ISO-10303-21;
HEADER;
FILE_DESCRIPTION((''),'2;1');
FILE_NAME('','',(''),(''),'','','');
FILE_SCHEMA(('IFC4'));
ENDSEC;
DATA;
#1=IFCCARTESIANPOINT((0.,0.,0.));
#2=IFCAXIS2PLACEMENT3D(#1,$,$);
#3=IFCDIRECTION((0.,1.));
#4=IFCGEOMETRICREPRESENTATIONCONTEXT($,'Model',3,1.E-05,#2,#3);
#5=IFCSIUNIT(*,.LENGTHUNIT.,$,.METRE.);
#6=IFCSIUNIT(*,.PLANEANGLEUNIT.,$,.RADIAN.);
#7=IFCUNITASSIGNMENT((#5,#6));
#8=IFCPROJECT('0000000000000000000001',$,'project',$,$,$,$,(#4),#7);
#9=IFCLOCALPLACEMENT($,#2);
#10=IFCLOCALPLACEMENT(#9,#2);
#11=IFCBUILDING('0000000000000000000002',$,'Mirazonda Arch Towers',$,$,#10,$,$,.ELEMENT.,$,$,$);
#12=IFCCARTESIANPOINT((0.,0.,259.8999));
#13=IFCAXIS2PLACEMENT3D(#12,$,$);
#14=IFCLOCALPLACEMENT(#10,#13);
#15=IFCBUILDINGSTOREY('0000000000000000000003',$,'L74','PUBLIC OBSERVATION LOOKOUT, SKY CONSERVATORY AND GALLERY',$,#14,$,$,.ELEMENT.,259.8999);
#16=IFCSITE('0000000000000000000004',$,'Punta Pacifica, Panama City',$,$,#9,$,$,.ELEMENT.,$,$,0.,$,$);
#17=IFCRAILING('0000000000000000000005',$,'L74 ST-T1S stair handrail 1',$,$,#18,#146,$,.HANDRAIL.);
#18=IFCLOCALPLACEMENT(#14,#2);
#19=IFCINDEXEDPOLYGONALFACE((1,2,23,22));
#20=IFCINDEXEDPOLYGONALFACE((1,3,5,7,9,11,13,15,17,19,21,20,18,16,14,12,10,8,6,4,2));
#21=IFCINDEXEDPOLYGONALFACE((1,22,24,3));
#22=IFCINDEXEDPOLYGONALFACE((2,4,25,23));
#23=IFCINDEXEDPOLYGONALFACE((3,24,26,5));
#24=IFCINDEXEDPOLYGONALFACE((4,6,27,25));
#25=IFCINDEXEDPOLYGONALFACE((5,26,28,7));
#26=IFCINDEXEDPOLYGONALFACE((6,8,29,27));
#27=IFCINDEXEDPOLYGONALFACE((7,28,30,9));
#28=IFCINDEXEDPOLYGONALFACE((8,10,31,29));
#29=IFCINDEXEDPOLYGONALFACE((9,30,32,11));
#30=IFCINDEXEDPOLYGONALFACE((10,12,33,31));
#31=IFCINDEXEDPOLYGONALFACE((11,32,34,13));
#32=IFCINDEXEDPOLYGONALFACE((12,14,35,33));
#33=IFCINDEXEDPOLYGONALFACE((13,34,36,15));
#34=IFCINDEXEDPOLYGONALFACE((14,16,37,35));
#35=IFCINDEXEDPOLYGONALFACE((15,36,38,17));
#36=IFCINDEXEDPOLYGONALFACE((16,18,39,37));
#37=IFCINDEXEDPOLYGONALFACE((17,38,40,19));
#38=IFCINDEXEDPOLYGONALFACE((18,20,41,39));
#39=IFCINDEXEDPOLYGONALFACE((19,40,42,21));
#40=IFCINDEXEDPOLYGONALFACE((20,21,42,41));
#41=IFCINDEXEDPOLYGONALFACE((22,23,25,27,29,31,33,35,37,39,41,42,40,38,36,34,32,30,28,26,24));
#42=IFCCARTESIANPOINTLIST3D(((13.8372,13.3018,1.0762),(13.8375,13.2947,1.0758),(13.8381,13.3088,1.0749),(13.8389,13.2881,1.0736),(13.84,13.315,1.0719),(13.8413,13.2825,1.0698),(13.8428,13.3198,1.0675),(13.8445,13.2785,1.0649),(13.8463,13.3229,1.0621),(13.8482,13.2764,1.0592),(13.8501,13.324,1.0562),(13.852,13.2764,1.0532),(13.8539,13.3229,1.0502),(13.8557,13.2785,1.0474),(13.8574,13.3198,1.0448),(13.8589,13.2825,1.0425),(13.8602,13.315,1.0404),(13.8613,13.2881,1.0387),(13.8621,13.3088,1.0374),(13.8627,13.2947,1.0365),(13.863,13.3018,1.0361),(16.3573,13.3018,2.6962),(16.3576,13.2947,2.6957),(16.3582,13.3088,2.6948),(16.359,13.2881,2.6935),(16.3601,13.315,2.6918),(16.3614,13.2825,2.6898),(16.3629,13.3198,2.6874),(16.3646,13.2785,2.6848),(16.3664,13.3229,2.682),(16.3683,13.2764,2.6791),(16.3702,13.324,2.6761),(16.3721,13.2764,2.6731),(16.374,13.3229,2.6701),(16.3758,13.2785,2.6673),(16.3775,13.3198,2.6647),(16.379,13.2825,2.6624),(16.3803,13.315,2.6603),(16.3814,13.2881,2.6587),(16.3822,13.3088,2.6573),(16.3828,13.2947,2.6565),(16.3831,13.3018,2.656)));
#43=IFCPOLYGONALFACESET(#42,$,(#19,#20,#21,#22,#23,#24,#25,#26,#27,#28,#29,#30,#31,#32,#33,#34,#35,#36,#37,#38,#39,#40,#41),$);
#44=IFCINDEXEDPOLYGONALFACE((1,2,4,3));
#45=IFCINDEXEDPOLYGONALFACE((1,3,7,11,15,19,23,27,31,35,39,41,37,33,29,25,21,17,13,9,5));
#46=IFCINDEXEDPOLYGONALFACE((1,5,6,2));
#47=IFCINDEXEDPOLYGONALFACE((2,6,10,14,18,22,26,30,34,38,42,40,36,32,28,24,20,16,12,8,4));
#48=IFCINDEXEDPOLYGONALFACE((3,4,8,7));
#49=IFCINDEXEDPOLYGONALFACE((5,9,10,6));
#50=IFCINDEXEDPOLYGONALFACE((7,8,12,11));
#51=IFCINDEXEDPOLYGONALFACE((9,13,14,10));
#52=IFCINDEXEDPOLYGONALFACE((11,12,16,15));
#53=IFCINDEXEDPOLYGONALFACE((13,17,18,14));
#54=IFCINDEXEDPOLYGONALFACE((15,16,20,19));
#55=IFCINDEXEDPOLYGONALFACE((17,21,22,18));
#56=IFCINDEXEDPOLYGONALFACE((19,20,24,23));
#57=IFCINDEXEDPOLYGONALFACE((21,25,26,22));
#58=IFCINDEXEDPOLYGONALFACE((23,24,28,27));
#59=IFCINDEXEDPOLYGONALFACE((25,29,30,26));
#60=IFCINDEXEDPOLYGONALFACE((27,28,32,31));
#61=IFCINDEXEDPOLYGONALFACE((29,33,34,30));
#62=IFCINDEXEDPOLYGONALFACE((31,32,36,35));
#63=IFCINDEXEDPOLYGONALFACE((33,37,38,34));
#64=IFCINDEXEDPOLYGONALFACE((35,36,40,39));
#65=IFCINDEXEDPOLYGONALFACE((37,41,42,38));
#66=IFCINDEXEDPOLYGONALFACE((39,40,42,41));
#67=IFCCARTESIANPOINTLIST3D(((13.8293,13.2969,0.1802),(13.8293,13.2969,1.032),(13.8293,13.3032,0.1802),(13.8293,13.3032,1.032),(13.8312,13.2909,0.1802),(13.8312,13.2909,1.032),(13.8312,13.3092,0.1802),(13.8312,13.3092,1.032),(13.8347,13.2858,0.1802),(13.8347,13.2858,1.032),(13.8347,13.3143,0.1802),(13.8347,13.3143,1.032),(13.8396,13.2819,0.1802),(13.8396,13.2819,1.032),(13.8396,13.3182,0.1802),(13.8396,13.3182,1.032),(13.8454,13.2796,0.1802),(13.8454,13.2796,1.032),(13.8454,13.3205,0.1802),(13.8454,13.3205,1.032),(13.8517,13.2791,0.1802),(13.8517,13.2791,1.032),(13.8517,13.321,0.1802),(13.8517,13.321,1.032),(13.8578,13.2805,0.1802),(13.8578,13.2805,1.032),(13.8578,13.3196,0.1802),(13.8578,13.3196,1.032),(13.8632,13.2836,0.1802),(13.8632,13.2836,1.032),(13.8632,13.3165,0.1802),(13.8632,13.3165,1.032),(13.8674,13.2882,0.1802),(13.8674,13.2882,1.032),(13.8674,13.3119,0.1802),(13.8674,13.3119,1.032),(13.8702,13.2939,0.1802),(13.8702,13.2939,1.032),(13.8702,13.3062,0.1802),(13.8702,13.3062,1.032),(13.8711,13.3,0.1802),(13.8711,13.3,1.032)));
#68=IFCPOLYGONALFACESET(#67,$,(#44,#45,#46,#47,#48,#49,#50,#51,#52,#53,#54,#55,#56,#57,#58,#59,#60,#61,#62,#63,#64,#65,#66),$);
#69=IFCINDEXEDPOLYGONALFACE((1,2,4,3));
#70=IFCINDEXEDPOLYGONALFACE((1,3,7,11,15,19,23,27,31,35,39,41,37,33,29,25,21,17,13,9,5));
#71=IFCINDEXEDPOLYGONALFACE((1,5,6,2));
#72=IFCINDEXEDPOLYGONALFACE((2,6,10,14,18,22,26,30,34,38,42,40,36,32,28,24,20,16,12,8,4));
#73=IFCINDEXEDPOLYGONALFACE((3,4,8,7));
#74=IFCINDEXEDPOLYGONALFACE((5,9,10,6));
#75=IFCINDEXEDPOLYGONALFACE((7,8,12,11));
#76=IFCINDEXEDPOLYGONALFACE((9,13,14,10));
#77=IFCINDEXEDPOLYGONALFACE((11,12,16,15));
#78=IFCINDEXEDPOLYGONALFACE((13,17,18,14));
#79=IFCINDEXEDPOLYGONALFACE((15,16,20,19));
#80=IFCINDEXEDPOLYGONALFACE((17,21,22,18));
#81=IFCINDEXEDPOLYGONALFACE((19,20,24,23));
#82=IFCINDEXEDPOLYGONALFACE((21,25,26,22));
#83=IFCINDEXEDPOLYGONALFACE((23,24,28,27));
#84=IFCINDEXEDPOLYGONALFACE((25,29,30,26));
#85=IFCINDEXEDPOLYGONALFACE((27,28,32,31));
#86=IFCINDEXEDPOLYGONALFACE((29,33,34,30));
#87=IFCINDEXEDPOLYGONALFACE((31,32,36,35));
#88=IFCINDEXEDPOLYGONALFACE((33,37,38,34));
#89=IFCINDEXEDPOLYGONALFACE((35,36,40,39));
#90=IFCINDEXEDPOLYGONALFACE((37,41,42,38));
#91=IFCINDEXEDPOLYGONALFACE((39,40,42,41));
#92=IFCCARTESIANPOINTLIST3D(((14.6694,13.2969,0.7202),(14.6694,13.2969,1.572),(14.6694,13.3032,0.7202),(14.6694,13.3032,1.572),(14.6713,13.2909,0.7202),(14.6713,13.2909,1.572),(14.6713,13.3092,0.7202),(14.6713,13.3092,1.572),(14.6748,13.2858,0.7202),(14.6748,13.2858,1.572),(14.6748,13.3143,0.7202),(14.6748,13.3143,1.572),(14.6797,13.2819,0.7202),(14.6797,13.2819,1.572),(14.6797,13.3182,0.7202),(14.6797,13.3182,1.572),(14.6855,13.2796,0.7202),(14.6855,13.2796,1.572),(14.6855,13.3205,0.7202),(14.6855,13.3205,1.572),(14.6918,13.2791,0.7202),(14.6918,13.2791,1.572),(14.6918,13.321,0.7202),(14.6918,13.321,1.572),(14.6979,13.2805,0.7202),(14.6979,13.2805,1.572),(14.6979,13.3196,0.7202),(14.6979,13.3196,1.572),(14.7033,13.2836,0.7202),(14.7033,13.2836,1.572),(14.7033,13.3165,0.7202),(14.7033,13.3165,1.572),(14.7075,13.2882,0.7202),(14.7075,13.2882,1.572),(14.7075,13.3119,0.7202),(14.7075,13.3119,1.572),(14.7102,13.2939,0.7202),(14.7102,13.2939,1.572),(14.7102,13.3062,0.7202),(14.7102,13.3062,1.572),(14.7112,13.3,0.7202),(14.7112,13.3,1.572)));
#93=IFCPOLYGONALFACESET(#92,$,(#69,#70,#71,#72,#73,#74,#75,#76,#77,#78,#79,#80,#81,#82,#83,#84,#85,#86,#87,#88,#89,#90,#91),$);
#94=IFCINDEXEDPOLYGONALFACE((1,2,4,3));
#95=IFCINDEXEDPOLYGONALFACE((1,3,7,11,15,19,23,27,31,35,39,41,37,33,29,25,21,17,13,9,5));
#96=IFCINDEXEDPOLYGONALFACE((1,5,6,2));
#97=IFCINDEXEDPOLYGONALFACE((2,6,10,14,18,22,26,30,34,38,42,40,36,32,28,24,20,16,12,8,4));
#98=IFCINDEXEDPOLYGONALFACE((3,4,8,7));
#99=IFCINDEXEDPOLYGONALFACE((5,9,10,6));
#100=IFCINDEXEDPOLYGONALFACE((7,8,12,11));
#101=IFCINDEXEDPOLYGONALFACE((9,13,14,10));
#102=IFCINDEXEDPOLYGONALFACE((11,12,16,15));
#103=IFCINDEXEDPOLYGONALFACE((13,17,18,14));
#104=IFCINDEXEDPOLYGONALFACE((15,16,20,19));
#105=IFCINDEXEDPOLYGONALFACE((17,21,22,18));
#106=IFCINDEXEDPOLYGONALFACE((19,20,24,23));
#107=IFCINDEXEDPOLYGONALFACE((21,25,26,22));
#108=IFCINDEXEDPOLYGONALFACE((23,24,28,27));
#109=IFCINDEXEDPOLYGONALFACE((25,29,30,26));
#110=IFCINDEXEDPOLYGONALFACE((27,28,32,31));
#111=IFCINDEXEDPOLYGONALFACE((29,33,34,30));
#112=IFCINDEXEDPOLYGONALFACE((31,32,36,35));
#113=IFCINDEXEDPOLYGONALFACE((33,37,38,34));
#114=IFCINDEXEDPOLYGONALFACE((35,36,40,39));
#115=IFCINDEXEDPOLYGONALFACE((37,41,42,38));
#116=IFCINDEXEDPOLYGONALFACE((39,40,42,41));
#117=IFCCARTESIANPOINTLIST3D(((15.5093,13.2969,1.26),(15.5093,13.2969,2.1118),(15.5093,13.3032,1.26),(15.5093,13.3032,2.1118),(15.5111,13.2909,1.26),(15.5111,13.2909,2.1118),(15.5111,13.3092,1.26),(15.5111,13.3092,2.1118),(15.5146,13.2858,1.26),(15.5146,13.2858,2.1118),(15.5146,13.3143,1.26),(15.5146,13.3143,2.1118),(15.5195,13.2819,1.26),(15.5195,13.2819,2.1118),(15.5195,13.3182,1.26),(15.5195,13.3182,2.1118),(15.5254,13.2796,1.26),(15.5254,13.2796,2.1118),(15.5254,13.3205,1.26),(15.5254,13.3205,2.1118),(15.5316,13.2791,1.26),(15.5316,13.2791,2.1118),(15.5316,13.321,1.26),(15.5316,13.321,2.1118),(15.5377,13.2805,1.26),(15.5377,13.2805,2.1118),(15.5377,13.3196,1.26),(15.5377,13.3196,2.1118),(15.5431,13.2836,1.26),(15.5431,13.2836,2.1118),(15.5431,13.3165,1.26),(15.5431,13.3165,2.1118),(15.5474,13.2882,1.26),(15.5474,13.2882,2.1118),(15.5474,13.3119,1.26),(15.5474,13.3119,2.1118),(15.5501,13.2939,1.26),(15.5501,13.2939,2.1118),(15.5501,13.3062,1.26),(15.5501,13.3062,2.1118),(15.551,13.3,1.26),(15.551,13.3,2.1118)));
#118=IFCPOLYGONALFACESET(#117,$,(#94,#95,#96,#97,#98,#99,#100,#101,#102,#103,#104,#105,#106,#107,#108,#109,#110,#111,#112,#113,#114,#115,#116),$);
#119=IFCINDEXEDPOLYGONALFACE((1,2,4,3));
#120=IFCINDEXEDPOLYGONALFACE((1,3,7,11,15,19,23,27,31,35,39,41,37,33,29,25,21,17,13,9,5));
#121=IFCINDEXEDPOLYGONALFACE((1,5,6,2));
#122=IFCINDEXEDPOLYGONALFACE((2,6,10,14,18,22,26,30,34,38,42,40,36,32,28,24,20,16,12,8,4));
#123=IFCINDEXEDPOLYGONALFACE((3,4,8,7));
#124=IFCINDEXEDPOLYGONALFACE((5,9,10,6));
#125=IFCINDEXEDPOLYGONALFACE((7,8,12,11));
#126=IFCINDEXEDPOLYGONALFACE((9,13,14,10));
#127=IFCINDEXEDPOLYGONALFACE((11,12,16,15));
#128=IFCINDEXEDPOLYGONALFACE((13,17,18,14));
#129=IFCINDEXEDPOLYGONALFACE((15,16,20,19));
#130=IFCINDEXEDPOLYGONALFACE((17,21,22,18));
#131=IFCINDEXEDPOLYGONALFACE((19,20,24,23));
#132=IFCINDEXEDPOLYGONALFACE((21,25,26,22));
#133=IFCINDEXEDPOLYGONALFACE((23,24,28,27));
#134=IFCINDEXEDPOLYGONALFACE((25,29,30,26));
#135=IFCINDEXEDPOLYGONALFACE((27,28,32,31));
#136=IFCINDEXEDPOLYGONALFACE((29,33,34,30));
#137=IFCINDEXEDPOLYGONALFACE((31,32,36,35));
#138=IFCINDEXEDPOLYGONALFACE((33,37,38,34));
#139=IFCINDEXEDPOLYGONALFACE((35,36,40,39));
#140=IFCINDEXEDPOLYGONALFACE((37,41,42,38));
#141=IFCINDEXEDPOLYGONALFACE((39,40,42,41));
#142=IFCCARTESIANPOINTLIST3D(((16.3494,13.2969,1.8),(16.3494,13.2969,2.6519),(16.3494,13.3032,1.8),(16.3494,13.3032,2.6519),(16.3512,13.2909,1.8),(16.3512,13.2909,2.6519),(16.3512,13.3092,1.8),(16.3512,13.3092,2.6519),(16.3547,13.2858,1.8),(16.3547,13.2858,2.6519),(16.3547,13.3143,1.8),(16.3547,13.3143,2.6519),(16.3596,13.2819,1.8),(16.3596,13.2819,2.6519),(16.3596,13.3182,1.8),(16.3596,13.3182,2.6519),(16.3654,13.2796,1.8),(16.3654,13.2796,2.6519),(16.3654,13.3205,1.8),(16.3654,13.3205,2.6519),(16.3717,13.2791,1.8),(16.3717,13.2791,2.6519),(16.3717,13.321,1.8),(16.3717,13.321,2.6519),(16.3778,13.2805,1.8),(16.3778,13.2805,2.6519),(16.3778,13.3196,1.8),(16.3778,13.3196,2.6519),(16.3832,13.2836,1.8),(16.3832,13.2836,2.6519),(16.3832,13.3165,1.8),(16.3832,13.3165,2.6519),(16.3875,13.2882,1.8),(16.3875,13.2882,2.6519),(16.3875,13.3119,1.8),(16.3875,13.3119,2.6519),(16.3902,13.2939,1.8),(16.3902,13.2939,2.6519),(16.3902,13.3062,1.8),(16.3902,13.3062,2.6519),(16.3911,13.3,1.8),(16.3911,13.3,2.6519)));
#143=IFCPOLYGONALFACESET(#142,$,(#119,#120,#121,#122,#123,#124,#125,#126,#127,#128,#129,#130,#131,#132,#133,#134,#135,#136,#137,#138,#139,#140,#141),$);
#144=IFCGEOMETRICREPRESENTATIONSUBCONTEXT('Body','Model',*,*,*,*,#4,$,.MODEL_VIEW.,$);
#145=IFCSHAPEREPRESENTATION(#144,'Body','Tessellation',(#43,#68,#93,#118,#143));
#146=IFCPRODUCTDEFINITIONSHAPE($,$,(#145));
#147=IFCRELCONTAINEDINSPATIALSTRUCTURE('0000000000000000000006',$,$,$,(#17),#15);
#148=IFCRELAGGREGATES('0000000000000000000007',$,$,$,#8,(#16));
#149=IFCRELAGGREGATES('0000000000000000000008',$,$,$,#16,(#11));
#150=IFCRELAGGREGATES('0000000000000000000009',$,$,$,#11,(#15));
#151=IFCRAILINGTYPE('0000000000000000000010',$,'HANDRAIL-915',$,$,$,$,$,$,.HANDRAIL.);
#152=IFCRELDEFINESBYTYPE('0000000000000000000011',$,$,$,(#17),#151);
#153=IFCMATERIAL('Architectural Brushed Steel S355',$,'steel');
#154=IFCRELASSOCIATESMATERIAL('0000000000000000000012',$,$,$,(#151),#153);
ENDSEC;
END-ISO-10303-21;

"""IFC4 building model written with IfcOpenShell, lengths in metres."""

from ifc_helpers import new_model, si_unit, direction, frame, origin, origin_2d, place, context, subcontext, project, spatial, circle, extrude, material, type_object, element, save


model = new_model("IFC4")

# Units and contexts
model_context = context("Model", 3, precision=1e-05, world=origin(), true_north=direction((0.0, 1.0)))
body_context = subcontext(model_context, "Body", "Model", "MODEL_VIEW")
ifc_project = project(units=[si_unit("LENGTHUNIT", "METRE"), si_unit("PLANEANGLEUNIT", "RADIAN")], contexts=[model_context])

# Site, building, storey
site_placement = place(None, origin())
site = spatial("IfcSite", under=ifc_project, at=site_placement, Name="Punta Pacifica, Panama City", CompositionType="ELEMENT", RefElevation=0.0)
building_placement = place(site_placement, origin())
building = spatial("IfcBuilding", under=site, at=building_placement, Name="Mirazonda Arch Towers", CompositionType="ELEMENT")
storey_placement = place(building_placement, frame((0.0, 0.0, 259.8999)))
storey = spatial("IfcBuildingStorey", under=building, at=storey_placement, Name="L74", Description="PUBLIC OBSERVATION LOOKOUT, SKY CONSERVATORY AND GALLERY", CompositionType="ELEMENT", Elevation=259.8999)

# Railing
ifc_material_1 = material(Name="Architectural Brushed Steel S355", Category="steel")
railing_type_1 = type_object("IfcRailingType", Name="HANDRAIL-915", PredefinedType="HANDRAIL", material=ifc_material_1)
railing_1_placement = place(storey_placement, frame((13.8501, 13.3, 0.1802)))
element("IfcRailing", 1, at=railing_1_placement, inside=storey, type_object=railing_type_1, Name="L74 ST-T1S stair handrail 1", PredefinedType="HANDRAIL", context=body_context, shape_type="SweptSolid", body=[
    extrude(circle(Radius=0.0239, at=origin_2d()), frame((0.0, 0.0, 0.876), z_axis=(0.8412, 0.0, 0.540725), x_axis=(0.0, 1.0, 0.0)), (0.0, 0.0, 1.0), 2.9958),
    extrude(circle(Radius=0.021, at=origin_2d()), origin(), (0.0, 0.0, 1.0), 0.8518),
    extrude(circle(Radius=0.021, at=origin_2d()), frame((0.8401, 0.0, 0.54)), (0.0, 0.0, 1.0), 0.8518),
    extrude(circle(Radius=0.021, at=origin_2d()), frame((1.6799, 0.0, 1.0798)), (0.0, 0.0, 1.0), 0.8518),
    extrude(circle(Radius=0.021, at=origin_2d()), frame((2.52, 0.0, 1.6199)), (0.0, 0.0, 1.0), 0.8518),
])

save(model, "model.ifc")
